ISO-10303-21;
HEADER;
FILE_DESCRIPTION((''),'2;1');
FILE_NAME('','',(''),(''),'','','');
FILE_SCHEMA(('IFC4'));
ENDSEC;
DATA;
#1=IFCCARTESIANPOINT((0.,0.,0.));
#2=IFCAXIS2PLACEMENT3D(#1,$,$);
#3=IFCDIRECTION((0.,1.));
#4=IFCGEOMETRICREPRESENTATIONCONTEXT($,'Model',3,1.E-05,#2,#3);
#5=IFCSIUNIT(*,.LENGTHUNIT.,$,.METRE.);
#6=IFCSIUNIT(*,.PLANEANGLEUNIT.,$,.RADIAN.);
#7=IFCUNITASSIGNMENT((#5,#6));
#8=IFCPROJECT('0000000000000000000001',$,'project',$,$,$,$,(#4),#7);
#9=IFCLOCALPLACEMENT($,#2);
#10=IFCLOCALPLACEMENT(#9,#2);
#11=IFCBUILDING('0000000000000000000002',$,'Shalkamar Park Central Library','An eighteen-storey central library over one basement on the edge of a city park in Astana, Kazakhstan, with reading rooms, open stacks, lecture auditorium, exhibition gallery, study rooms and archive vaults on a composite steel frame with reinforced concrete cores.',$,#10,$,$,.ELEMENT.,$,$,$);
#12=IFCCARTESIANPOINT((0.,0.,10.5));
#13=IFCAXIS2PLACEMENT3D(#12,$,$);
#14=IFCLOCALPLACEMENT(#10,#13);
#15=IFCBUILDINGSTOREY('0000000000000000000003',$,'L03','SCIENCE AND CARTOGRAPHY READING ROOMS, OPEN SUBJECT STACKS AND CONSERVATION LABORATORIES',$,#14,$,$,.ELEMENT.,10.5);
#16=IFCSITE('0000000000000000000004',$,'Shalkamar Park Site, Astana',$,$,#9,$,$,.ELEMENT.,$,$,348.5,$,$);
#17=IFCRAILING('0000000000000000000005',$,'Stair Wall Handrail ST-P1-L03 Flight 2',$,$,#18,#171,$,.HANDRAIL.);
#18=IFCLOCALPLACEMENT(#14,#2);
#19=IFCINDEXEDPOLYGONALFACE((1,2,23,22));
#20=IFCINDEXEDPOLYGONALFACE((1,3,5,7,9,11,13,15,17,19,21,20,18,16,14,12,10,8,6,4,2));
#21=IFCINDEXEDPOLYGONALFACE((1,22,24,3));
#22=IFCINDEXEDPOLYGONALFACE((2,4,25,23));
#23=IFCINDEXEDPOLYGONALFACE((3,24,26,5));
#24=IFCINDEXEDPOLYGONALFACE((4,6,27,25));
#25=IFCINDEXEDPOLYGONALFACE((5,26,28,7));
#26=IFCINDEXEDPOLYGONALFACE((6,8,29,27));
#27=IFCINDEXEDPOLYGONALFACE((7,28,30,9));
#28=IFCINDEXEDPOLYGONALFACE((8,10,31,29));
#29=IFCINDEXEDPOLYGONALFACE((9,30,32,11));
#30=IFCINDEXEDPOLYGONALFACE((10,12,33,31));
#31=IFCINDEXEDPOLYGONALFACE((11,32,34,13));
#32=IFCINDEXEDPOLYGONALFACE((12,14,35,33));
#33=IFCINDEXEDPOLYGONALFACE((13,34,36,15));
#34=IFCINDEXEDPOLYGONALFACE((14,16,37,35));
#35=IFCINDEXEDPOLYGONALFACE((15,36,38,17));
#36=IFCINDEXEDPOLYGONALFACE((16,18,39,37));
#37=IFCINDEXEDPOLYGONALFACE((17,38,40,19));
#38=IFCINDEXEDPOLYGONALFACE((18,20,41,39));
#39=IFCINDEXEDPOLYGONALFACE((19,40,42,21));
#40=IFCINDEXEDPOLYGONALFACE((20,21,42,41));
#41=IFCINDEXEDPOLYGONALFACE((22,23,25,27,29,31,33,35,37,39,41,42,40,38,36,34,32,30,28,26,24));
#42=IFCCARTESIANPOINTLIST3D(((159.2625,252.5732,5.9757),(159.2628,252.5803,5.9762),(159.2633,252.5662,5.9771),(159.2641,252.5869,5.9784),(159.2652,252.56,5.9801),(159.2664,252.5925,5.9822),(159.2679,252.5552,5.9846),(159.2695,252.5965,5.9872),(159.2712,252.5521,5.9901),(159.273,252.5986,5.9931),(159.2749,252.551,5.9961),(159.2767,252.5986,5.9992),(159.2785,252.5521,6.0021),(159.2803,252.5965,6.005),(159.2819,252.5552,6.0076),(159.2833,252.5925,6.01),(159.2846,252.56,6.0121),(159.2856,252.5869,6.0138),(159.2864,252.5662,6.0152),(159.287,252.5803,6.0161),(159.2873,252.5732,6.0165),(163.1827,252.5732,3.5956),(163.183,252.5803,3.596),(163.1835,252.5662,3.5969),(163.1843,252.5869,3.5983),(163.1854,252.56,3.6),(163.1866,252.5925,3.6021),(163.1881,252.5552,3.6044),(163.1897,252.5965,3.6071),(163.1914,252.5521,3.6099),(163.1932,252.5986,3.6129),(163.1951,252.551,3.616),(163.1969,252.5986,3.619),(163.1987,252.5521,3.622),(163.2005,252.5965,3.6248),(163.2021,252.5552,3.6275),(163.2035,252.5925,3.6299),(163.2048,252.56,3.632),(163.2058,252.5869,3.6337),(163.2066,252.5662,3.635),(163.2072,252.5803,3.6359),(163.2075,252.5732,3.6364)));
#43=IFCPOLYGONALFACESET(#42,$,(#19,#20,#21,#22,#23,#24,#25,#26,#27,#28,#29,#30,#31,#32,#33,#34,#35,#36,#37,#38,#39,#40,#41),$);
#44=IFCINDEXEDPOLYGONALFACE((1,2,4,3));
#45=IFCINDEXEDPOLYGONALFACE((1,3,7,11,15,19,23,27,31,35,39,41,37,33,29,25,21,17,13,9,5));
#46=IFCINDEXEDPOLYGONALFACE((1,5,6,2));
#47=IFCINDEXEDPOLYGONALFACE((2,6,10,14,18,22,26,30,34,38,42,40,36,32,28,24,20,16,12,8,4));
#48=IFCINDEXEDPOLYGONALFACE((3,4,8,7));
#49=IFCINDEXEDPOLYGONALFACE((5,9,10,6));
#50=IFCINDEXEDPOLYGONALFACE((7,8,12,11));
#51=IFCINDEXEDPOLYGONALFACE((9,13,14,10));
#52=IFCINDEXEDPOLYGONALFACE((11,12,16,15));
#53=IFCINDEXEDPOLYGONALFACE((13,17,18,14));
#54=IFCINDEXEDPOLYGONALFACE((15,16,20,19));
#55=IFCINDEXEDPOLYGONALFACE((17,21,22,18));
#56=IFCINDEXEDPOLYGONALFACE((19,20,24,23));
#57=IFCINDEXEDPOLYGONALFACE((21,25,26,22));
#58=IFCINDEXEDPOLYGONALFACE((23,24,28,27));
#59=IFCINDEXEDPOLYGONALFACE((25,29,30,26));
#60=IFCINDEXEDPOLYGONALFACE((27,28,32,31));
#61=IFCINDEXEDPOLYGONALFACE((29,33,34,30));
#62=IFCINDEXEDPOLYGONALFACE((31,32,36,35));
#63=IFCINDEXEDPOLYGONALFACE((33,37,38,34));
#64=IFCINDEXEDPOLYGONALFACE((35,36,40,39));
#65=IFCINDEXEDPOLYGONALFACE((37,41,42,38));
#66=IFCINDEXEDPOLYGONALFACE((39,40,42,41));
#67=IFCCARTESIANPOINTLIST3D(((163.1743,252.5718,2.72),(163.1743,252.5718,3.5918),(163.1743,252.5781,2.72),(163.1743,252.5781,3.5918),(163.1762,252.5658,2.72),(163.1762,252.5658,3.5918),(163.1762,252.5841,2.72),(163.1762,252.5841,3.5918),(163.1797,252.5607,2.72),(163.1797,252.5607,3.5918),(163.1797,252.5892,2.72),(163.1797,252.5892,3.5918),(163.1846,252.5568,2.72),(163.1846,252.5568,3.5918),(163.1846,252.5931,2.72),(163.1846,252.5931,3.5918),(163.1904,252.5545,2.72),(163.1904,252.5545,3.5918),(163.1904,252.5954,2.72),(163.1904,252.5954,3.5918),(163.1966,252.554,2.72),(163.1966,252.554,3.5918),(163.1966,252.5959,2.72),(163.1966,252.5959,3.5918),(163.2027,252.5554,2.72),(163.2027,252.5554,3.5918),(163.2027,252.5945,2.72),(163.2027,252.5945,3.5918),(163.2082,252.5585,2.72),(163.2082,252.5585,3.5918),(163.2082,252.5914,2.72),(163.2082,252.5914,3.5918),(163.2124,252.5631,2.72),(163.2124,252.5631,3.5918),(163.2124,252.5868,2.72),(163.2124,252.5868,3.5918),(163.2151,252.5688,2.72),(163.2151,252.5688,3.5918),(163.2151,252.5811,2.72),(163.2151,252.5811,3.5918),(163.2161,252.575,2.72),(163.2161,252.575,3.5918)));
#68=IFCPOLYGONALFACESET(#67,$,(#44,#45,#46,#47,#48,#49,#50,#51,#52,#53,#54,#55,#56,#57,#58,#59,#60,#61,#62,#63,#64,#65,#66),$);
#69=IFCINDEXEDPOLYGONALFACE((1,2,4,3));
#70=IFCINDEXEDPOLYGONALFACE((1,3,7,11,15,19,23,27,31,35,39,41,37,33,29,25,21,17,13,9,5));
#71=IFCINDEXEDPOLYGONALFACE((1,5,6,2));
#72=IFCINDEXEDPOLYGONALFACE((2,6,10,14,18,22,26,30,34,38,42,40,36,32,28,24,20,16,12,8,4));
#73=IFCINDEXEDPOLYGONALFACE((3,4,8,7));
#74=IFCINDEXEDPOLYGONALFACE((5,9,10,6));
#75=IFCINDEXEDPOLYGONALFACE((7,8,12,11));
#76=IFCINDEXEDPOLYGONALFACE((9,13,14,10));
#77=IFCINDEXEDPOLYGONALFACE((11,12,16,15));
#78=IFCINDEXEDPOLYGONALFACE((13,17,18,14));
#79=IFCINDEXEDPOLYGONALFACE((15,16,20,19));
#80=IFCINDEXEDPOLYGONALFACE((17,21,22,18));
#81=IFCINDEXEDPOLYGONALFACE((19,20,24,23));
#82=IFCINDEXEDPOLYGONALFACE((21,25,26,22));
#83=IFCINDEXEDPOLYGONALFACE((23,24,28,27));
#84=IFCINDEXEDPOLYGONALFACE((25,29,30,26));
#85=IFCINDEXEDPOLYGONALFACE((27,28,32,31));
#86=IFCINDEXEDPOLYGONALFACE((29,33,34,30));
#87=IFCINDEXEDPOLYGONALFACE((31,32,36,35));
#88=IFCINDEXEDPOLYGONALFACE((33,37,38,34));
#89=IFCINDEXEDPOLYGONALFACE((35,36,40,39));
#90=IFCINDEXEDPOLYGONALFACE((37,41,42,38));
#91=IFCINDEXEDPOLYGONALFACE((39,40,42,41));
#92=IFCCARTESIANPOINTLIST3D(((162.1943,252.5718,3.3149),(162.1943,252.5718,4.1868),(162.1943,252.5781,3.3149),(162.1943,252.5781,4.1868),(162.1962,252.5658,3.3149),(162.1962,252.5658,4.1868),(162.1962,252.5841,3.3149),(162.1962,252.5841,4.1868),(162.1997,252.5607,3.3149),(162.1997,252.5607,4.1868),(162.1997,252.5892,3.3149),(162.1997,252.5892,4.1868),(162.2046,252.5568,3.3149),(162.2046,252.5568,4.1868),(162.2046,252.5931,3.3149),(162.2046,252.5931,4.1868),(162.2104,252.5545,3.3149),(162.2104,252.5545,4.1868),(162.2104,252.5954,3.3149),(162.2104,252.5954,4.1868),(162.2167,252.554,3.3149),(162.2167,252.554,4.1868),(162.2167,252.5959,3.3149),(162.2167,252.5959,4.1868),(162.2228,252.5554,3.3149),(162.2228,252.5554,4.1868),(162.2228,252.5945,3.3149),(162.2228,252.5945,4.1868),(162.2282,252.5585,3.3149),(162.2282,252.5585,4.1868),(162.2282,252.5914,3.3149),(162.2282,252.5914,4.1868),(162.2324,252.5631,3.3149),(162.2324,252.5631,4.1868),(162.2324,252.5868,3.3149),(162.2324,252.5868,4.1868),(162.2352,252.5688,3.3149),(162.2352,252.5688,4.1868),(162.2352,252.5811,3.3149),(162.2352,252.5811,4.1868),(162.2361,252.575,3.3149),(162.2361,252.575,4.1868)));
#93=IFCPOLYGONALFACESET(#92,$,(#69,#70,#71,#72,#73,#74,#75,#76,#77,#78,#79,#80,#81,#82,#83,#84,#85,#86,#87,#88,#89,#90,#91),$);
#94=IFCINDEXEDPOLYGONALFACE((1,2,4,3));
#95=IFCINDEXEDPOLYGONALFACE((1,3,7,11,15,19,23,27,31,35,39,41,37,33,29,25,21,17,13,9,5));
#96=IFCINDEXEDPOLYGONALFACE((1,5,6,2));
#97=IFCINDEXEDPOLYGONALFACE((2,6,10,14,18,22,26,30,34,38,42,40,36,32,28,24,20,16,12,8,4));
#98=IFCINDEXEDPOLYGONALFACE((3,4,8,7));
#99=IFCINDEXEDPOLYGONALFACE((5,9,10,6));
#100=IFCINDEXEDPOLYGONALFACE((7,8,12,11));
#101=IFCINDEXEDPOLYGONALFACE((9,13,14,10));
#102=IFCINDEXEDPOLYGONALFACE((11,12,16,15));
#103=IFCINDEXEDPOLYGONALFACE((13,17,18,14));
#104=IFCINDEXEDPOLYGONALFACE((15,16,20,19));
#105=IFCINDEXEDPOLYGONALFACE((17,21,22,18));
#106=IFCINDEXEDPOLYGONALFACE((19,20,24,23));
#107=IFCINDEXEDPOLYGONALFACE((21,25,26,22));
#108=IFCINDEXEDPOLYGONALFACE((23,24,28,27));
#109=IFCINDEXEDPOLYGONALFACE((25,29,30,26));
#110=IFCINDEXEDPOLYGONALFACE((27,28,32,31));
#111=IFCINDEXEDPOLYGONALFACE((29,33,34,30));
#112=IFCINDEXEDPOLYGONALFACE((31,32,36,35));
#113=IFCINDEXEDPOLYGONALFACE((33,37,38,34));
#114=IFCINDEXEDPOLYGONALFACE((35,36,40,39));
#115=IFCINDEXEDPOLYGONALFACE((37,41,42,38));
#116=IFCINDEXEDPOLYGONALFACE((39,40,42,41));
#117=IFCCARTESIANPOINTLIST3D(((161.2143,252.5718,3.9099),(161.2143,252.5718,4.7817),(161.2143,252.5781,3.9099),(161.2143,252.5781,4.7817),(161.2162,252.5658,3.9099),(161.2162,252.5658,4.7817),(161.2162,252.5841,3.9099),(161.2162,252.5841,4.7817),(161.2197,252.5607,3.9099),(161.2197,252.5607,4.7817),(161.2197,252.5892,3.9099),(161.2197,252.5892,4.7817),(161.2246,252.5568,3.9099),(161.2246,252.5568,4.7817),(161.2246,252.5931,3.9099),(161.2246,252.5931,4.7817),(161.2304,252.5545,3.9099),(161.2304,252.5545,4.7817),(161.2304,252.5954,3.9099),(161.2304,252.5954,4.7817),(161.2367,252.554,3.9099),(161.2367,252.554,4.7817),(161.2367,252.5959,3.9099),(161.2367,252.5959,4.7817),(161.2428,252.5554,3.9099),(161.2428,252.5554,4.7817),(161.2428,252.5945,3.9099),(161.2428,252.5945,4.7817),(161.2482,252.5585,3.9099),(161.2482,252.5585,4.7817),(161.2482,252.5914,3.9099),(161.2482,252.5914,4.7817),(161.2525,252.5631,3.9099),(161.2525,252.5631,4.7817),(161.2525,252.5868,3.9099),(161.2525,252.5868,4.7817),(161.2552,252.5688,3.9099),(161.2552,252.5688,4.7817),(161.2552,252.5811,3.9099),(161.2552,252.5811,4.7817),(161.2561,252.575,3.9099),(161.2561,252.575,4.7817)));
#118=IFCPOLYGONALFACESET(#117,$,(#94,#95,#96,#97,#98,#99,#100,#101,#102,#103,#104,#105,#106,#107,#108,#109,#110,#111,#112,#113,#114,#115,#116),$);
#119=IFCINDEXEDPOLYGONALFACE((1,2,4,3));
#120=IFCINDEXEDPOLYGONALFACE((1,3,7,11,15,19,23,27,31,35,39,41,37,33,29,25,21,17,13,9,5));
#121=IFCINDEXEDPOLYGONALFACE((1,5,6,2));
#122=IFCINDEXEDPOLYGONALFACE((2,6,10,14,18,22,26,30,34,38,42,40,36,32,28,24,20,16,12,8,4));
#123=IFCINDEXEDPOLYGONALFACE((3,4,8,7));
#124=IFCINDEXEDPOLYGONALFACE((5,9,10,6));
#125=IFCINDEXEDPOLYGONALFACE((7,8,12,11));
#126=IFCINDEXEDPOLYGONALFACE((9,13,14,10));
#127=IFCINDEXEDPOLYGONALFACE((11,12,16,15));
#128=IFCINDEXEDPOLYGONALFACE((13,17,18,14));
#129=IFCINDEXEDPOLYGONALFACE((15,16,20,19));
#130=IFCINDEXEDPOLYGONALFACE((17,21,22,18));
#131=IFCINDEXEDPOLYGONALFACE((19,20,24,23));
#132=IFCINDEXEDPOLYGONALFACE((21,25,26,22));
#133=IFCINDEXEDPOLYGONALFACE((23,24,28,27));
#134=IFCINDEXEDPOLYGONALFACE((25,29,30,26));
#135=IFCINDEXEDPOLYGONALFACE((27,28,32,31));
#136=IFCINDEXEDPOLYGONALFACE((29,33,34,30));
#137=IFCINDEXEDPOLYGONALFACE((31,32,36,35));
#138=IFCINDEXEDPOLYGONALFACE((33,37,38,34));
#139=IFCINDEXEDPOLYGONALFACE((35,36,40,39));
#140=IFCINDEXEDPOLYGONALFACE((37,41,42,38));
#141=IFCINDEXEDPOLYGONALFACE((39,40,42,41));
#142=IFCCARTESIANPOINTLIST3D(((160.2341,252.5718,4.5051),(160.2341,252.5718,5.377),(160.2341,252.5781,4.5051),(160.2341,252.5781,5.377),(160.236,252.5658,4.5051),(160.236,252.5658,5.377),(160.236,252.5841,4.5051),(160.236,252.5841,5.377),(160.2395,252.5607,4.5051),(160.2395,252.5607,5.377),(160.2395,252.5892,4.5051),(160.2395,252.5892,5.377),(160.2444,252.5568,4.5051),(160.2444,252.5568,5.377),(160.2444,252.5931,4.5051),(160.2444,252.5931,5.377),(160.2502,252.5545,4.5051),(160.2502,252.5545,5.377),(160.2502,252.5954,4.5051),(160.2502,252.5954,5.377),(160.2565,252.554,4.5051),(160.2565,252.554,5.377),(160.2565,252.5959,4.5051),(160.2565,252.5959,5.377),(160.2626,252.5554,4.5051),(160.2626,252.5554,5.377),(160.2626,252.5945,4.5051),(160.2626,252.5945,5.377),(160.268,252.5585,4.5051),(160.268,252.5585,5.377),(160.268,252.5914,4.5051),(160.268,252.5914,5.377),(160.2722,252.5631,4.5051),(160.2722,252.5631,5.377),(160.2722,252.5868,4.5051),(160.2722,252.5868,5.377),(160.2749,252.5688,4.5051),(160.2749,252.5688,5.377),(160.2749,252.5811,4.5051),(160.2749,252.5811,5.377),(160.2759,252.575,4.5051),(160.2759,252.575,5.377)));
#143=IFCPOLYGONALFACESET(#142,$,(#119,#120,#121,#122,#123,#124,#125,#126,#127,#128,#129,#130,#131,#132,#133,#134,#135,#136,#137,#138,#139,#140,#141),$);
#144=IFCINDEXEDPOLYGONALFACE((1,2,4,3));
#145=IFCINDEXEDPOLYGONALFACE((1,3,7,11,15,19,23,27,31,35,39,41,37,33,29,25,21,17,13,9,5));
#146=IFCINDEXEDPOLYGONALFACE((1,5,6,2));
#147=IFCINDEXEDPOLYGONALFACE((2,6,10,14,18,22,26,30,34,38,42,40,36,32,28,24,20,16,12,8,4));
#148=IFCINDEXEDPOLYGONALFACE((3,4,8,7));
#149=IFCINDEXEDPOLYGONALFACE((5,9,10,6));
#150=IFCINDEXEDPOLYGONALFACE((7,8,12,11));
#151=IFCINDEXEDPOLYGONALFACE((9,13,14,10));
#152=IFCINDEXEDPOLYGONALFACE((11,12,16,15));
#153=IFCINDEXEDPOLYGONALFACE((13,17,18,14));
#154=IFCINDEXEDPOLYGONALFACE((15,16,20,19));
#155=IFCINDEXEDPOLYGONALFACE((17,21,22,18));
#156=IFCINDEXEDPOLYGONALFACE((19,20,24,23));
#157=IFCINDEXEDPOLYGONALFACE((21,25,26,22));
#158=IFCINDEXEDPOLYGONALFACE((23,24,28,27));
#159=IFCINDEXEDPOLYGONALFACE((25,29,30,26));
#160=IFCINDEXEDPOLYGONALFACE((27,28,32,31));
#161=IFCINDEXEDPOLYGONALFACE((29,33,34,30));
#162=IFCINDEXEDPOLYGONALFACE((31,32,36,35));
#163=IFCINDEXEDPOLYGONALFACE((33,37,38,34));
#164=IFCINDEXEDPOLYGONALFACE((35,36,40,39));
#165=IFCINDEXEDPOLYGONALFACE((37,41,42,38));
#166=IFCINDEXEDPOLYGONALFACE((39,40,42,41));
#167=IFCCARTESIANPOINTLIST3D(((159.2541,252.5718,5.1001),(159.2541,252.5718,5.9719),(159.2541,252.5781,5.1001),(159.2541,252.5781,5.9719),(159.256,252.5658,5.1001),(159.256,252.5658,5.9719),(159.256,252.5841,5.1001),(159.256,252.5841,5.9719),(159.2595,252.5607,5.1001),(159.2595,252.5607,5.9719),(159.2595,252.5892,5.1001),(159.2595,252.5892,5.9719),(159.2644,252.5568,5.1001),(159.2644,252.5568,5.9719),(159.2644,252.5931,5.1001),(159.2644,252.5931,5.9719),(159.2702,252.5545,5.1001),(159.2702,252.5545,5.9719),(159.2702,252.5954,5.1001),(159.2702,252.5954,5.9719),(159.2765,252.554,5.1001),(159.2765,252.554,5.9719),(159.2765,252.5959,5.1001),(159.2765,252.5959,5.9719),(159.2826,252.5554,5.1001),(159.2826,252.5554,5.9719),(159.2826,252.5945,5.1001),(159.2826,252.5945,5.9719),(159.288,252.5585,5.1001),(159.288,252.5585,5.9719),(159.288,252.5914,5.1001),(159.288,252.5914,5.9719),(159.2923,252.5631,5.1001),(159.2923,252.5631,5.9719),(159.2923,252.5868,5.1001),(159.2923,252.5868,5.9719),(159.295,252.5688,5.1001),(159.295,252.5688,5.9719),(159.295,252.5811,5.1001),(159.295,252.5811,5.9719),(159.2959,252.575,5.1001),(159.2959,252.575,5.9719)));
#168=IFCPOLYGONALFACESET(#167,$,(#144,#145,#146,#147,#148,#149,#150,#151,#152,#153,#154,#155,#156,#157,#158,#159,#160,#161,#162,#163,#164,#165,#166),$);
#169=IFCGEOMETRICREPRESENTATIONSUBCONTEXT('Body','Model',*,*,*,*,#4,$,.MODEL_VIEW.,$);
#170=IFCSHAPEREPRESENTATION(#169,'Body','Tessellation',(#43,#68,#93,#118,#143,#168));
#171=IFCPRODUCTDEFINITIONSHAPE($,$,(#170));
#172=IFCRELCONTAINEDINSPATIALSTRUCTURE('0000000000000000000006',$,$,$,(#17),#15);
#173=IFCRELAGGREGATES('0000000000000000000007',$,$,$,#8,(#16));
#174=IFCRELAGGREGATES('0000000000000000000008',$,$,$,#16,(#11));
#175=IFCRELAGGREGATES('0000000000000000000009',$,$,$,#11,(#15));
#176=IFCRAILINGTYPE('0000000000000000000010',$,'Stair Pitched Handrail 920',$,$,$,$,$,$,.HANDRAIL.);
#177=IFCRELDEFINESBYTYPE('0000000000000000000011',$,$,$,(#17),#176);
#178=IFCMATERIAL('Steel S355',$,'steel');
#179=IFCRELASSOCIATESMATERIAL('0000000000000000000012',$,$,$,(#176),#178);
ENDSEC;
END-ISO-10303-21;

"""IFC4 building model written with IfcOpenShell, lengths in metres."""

from ifc_helpers import new_model, si_unit, direction, frame, origin, origin_2d, place, context, subcontext, project, spatial, circle, extrude, material, type_object, element, save


model = new_model("IFC4")

# Units and contexts
model_context = context("Model", 3, precision=1e-05, world=origin(), true_north=direction((0.0, 1.0)))
body_context = subcontext(model_context, "Body", "Model", "MODEL_VIEW")
ifc_project = project(units=[si_unit("LENGTHUNIT", "METRE"), si_unit("PLANEANGLEUNIT", "RADIAN")], contexts=[model_context])

# Site, building, storey
site_placement = place(None, origin())
site = spatial("IfcSite", under=ifc_project, at=site_placement, Name="Shalkamar Park Site, Astana", CompositionType="ELEMENT", RefElevation=348.5)
building_placement = place(site_placement, origin())
building = spatial("IfcBuilding", under=site, at=building_placement, Name="Shalkamar Park Central Library", Description="An eighteen-storey central library over one basement on the edge of a city park in Astana, Kazakhstan, with reading rooms, open stacks, lecture auditorium, exhibition gallery, study rooms and archive vaults on a composite steel frame with reinforced concrete cores.", CompositionType="ELEMENT")
storey_placement = place(building_placement, frame((0.0, 0.0, 10.5)))
storey = spatial("IfcBuildingStorey", under=building, at=storey_placement, Name="L03", Description="SCIENCE AND CARTOGRAPHY READING ROOMS, OPEN SUBJECT STACKS AND CONSERVATION LABORATORIES", CompositionType="ELEMENT", Elevation=10.5)

# Shared definitions
ifc_material_1 = material(Name="Steel S355", Category="steel")

# Railing
railing_type_1 = type_object("IfcRailingType", Name="Stair Pitched Handrail 920", PredefinedType="HANDRAIL", material=ifc_material_1)
railing_1_placement = place(storey_placement, frame((163.1951, 252.575, 2.72)))
element("IfcRailing", 1, at=railing_1_placement, inside=storey, type_object=railing_type_1, Name="Stair Wall Handrail ST-P1-L03 Flight 2", PredefinedType="HANDRAIL", context=body_context, shape_type="SweptSolid", body=[
    extrude(circle(Radius=0.0239, at=origin_2d()), frame((0.0, 0.0, 0.896), z_axis=(-0.854785, 0.0, 0.518982), x_axis=(0.0, -1.0, 0.0)), (0.0, 0.0, 1.0), 4.5862),
    extrude(circle(Radius=0.021, at=origin_2d()), origin(), (0.0, 0.0, 1.0), 0.8718),
    extrude(circle(Radius=0.021, at=origin_2d()), frame((-0.98, 0.0, 0.595)), (0.0, 0.0, 1.0), 0.8718),
    extrude(circle(Radius=0.021, at=origin_2d()), frame((-1.96, 0.0, 1.1899)), (0.0, 0.0, 1.0), 0.8718),
    extrude(circle(Radius=0.021, at=origin_2d()), frame((-2.9402, 0.0, 1.7852)), (0.0, 0.0, 1.0), 0.8718),
    extrude(circle(Radius=0.021, at=origin_2d()), frame((-3.9202, 0.0, 2.3801)), (0.0, 0.0, 1.0), 0.8718),
])

save(model, "model.ifc")
